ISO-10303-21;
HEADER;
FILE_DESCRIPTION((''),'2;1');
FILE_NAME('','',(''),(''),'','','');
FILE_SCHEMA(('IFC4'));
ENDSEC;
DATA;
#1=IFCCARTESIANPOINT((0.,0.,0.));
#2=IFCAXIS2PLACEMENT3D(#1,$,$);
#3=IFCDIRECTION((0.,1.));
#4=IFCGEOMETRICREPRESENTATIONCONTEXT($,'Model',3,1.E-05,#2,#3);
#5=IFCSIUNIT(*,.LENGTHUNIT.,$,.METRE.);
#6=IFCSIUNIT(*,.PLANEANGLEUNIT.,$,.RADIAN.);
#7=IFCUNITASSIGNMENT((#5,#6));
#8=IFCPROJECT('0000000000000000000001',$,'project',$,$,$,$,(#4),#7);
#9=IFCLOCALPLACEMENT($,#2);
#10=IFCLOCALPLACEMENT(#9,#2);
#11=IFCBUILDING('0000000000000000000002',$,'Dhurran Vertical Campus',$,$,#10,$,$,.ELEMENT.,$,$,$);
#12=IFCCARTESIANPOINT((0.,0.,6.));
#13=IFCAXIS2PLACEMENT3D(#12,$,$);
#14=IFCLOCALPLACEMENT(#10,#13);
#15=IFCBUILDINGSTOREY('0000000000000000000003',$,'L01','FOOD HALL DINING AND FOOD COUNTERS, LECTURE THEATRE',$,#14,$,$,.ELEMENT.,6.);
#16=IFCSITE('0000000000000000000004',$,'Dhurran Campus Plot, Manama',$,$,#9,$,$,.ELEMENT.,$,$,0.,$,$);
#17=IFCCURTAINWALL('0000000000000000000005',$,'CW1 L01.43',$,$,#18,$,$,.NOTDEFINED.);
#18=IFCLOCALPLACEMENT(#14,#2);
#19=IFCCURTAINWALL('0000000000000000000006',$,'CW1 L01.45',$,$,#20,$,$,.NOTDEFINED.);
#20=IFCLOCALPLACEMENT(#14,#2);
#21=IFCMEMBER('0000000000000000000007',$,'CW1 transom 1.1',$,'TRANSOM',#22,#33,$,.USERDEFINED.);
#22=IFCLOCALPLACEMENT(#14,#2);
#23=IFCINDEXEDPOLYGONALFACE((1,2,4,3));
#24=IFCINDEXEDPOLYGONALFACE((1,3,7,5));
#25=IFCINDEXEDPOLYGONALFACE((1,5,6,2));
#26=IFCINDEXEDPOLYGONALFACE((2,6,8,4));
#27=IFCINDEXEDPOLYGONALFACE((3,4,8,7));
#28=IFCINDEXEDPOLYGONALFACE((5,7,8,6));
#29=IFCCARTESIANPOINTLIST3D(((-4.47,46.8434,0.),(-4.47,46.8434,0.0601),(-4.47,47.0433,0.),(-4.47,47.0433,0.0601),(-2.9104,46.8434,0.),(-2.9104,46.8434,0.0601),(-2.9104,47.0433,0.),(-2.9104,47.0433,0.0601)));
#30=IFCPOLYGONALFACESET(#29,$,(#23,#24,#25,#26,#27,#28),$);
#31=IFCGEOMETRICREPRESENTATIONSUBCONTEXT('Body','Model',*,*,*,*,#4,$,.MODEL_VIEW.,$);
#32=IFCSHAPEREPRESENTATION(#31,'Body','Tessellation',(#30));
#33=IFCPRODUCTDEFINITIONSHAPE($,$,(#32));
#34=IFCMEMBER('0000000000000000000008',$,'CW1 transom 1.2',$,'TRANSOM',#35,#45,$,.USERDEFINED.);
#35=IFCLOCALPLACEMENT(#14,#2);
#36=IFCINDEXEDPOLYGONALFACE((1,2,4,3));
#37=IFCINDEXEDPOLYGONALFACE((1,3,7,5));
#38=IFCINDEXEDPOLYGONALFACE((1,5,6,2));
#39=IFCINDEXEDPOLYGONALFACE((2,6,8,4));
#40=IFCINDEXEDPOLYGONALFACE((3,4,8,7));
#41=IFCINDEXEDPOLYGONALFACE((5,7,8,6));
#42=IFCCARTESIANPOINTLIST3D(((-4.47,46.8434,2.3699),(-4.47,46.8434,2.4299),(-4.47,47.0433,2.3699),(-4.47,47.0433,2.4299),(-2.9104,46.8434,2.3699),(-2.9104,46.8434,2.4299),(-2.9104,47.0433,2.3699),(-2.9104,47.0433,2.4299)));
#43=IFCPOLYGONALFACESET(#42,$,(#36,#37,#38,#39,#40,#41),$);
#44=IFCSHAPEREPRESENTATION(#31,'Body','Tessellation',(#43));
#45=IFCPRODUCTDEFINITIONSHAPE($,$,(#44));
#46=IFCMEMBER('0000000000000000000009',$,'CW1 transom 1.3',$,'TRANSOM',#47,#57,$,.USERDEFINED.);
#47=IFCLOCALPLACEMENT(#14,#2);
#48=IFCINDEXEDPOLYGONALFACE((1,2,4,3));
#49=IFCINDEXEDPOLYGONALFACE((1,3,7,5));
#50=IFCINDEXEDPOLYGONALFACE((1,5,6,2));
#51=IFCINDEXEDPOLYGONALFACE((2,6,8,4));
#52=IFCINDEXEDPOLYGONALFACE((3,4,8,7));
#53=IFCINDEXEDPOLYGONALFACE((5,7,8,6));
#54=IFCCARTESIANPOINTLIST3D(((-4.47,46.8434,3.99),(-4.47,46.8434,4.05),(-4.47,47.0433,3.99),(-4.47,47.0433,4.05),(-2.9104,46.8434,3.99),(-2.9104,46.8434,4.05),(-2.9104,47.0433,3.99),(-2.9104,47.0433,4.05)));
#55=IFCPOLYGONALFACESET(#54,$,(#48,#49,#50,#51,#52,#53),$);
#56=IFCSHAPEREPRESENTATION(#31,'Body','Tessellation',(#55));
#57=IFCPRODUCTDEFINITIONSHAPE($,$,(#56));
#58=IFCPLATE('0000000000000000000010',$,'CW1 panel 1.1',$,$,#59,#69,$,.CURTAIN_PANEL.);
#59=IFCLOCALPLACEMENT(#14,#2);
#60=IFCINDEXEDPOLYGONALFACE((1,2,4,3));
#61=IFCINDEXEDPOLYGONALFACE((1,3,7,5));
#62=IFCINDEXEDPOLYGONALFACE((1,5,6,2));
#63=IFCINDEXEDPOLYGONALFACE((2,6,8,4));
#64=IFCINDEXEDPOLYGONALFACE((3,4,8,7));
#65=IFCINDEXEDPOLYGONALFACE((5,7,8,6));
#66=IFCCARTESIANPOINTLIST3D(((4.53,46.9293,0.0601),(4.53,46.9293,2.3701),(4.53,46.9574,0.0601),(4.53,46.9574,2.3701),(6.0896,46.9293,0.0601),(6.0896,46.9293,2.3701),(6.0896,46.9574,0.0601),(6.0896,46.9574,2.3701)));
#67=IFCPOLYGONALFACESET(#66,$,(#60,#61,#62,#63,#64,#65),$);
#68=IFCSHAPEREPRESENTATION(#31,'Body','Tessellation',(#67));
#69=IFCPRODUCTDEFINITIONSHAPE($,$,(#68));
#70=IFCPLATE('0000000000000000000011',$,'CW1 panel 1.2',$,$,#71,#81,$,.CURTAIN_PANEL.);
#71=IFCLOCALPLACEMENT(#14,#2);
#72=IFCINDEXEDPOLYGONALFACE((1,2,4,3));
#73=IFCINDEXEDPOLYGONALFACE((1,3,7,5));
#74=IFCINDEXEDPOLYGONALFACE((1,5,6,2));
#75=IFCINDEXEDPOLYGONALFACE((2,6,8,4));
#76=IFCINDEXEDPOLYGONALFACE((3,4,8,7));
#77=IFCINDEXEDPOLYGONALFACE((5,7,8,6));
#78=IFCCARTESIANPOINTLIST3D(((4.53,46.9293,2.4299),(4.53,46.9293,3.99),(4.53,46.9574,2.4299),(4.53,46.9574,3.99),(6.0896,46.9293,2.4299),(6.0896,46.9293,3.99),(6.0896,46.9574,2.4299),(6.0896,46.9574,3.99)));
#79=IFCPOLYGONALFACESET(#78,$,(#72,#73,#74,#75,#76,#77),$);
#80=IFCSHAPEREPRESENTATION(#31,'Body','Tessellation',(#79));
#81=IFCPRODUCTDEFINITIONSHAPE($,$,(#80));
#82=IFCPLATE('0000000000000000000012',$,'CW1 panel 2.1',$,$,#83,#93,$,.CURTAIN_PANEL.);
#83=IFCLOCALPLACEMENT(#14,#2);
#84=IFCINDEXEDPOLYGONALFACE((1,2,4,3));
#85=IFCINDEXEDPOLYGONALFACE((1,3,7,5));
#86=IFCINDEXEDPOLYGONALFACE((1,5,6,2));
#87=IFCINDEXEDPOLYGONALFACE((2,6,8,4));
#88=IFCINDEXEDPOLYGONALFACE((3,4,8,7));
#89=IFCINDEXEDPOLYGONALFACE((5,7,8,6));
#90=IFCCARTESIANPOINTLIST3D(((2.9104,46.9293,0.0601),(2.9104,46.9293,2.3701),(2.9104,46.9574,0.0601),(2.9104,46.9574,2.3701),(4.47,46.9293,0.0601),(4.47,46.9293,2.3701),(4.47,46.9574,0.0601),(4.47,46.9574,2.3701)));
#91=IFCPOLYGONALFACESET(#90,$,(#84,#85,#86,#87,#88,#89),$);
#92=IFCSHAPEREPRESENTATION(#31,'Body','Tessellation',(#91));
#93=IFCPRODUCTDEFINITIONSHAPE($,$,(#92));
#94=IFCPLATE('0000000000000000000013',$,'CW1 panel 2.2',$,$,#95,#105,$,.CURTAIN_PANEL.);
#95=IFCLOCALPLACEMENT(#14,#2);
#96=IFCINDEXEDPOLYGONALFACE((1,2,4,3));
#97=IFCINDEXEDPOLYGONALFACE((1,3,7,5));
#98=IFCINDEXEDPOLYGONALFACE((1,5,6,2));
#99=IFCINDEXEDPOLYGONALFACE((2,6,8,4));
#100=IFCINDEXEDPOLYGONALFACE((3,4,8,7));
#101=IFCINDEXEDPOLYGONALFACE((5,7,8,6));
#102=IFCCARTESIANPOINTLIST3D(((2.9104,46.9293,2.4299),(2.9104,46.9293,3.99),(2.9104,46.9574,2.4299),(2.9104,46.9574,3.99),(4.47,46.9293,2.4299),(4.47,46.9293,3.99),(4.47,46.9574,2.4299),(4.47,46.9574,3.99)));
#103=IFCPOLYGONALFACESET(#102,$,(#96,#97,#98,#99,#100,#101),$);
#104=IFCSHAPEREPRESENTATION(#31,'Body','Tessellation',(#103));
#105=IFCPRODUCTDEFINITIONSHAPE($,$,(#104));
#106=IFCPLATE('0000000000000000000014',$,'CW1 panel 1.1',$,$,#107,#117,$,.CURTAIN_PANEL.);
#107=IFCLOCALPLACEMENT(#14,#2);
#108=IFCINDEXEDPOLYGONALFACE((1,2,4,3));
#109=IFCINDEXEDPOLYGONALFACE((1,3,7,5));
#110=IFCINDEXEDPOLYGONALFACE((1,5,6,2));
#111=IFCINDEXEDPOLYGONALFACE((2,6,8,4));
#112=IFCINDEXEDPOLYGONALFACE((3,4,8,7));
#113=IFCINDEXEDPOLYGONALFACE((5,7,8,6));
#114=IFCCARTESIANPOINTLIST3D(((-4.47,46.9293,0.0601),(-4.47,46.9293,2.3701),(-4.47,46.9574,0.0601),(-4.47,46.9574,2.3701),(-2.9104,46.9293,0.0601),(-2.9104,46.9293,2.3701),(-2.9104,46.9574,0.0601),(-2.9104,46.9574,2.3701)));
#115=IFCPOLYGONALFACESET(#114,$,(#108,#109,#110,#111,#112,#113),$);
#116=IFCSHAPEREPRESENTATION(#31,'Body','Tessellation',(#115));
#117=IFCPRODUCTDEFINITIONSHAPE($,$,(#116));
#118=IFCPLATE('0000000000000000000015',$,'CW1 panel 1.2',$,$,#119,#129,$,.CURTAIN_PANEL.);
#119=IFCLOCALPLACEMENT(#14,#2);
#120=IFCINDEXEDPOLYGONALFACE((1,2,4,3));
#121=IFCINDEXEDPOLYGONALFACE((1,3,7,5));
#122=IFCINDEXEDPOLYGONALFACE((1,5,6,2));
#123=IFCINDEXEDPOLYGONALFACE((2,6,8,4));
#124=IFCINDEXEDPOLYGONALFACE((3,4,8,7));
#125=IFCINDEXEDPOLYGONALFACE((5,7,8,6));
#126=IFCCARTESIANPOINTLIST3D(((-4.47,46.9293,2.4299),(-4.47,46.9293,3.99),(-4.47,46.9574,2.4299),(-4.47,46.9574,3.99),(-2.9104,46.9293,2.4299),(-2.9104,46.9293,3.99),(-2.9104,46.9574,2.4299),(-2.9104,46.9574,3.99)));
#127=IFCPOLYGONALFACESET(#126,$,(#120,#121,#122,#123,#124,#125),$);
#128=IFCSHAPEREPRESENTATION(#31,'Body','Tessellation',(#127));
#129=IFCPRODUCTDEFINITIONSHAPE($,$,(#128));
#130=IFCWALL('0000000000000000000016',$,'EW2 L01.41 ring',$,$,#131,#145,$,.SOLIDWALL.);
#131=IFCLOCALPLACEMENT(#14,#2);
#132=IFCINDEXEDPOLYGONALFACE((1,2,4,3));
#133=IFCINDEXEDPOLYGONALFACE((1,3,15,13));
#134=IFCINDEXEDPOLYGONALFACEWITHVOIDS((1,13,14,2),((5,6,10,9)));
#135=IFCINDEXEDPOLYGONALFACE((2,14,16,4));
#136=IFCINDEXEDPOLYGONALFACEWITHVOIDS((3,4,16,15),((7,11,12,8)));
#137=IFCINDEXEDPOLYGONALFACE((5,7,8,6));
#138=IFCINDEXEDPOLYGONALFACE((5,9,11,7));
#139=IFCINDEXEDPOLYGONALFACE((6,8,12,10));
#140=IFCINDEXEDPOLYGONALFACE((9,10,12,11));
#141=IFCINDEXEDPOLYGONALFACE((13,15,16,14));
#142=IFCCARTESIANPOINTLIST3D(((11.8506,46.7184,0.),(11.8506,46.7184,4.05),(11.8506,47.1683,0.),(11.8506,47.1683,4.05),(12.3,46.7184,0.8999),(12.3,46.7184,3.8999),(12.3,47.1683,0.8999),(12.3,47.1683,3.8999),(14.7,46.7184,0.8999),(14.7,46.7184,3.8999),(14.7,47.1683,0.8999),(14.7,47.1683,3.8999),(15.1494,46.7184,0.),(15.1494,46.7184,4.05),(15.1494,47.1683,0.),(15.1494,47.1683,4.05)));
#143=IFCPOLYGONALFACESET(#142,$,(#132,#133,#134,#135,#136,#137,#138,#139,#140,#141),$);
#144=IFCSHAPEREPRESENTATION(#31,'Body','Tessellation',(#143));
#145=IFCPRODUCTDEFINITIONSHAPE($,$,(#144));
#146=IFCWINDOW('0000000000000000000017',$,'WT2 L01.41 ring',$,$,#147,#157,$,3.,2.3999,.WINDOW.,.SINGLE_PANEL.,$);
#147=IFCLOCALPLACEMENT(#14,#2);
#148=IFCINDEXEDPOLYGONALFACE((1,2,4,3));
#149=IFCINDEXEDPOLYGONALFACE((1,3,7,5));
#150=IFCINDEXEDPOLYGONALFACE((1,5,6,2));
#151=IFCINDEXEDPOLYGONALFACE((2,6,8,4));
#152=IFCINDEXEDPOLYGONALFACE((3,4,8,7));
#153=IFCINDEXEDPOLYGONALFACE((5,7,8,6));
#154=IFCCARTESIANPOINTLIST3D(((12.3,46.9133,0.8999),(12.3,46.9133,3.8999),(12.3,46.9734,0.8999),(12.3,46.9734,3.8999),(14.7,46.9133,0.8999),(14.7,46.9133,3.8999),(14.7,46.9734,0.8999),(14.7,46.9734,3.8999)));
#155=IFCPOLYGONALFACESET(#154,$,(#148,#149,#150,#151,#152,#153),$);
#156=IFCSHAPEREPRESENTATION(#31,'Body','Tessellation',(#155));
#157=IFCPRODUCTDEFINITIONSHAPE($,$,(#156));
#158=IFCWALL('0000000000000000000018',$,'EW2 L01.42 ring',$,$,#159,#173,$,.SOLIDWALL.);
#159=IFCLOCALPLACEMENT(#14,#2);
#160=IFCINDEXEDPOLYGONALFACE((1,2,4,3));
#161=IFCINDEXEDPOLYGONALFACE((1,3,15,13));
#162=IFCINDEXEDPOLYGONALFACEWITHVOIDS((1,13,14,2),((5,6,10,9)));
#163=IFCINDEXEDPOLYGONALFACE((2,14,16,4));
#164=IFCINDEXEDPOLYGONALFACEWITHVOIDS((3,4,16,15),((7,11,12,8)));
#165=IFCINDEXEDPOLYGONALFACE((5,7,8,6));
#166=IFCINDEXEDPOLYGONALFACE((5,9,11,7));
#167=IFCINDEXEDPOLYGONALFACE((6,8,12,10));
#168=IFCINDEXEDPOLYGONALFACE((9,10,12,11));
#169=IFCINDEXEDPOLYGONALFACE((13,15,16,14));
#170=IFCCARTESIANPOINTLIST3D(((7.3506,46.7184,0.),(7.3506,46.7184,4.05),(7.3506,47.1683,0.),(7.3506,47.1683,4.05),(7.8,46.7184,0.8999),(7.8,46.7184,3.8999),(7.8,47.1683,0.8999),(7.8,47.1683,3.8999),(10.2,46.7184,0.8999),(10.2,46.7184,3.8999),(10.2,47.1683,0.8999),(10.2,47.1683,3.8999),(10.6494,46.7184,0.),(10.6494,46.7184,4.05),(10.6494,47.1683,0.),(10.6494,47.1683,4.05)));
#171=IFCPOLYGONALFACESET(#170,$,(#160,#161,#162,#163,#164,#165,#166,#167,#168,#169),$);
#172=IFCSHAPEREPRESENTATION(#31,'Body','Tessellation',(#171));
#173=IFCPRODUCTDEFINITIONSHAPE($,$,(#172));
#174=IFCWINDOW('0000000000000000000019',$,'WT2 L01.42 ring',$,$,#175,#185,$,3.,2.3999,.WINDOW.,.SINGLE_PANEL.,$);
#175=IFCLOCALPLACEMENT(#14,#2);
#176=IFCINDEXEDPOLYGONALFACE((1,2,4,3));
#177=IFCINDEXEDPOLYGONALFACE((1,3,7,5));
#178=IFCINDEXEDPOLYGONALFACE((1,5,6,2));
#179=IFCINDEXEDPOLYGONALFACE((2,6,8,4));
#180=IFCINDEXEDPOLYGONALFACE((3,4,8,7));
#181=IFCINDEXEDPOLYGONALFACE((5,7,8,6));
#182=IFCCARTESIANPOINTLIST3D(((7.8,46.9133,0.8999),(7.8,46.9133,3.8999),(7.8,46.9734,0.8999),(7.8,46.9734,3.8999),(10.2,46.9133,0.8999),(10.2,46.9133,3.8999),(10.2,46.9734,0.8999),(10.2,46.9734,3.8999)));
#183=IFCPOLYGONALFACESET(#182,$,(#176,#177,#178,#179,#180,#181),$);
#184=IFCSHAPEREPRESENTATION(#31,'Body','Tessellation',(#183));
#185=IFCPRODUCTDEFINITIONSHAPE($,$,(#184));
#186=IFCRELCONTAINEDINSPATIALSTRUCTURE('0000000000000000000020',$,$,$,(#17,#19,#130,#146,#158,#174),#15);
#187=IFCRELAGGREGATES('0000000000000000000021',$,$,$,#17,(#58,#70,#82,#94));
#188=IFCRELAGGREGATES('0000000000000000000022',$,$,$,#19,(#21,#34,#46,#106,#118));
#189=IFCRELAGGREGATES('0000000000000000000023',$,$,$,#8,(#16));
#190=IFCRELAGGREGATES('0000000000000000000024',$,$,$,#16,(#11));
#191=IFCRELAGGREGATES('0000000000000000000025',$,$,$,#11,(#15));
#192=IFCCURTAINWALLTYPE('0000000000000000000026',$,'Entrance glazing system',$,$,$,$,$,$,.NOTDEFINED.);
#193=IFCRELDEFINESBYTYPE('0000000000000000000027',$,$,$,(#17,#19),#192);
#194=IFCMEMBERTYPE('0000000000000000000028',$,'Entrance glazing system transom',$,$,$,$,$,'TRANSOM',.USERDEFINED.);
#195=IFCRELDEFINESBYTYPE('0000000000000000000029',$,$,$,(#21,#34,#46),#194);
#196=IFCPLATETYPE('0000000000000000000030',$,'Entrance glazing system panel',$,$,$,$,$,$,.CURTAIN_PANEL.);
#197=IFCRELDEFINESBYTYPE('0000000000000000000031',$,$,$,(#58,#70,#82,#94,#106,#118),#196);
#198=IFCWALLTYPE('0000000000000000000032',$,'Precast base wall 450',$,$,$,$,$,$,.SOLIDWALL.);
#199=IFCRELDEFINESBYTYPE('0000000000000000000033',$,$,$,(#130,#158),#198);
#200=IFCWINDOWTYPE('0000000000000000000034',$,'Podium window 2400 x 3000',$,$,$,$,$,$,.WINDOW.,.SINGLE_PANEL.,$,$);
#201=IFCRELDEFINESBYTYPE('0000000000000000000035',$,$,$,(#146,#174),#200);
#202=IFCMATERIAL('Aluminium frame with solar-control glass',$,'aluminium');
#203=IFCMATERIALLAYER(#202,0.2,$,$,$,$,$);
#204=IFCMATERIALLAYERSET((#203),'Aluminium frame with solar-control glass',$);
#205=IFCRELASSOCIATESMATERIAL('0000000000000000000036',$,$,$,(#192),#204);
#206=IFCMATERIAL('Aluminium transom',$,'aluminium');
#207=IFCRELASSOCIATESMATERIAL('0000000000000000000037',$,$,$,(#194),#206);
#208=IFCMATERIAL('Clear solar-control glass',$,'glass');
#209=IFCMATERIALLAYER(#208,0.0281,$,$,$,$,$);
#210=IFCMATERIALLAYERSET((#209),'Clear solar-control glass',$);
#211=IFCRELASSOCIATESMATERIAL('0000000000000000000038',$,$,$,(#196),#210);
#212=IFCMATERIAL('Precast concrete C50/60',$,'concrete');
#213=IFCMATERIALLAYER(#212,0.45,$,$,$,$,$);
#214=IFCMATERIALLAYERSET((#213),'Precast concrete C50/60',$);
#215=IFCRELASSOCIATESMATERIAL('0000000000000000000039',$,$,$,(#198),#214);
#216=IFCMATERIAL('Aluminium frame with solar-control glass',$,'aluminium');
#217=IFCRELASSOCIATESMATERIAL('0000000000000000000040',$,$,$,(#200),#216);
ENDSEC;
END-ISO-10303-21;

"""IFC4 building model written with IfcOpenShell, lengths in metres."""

from ifc_helpers import new_model, si_unit, direction, frame, frame_2d, origin, origin_2d, place, context, subcontext, project, spatial, rectangle, extrude, material, layer, layer_set, material_profile, profile_set, type_object, element, fill, aggregate, save


model = new_model("IFC4")

# Units and contexts
model_context = context("Model", 3, precision=1e-05, world=origin(), true_north=direction((0.0, 1.0)))
body_context = subcontext(model_context, "Body", "Model", "MODEL_VIEW")
ifc_project = project(units=[si_unit("LENGTHUNIT", "METRE"), si_unit("PLANEANGLEUNIT", "RADIAN")], contexts=[model_context])

# Site, building, storey
site_placement = place(None, origin())
site = spatial("IfcSite", under=ifc_project, at=site_placement, Name="Dhurran Campus Plot, Manama", CompositionType="ELEMENT", RefElevation=0.0)
building_placement = place(site_placement, origin())
building = spatial("IfcBuilding", under=site, at=building_placement, Name="Dhurran Vertical Campus", CompositionType="ELEMENT")
storey_placement = place(building_placement, frame((0.0, 0.0, 6.0)))
storey = spatial("IfcBuildingStorey", under=building, at=storey_placement, Name="L01", Description="FOOD HALL DINING AND FOOD COUNTERS, LECTURE THEATRE", CompositionType="ELEMENT", Elevation=6.0)

# Curtain wall
ifc_material_1 = material(Name="Aluminium frame with solar-control glass", Category="aluminium")
ifc_layer_1 = layer(ifc_material_1, 0.2)
ifc_layer_set_1 = layer_set([ifc_layer_1], Name="Aluminium frame with solar-control glass")
curtain_wall_type = type_object("IfcCurtainWallType", Name="Entrance glazing system", PredefinedType="NOTDEFINED", material=ifc_layer_set_1)
curtain_wall_1_placement = place(storey_placement, origin())
curtain_wall_1 = element("IfcCurtainWall", 1, at=curtain_wall_1_placement, inside=storey, type_object=curtain_wall_type, Name="CW1 L01.43", PredefinedType="NOTDEFINED")

# Curtain wall
curtain_wall_2_placement = place(storey_placement, origin())
curtain_wall_2 = element("IfcCurtainWall", 2, at=curtain_wall_2_placement, inside=storey, type_object=curtain_wall_type, Name="CW1 L01.45", PredefinedType="NOTDEFINED")

# Members
ifc_material_2 = material(Name="Aluminium transom", Category="aluminium")
ifc_material_profile_1 = material_profile(ifc_material_2, rectangle(XDim=0.2, YDim=0.0601, at=origin_2d()), Name="Entrance glazing system transom")
ifc_profile_set_1 = profile_set([ifc_material_profile_1], Name="Aluminium transom")
member_type_1 = type_object("IfcMemberType", Name="Entrance glazing system transom", ElementType="TRANSOM", PredefinedType="USERDEFINED", material=ifc_profile_set_1)
member_1_placement = place(storey_placement, frame((-2.9104, 46.9434, 0.03), z_axis=(-1.0, 0.0, 0.0), x_axis=(0.0, -1.0, 0.0)))
member_1 = element("IfcMember", 3, at=member_1_placement, type_object=member_type_1, Name="CW1 transom 1.1", ObjectType="TRANSOM", PredefinedType="USERDEFINED", context=body_context, shape_type="SweptSolid", body=[
    extrude(rectangle(XDim=0.2, YDim=0.0601, at=origin_2d()), origin(), (0.0, 0.0, 1.0), 1.5596),
])
member_2_placement = place(storey_placement, frame((-2.9104, 46.9434, 2.3999), z_axis=(-1.0, 0.0, 0.0), x_axis=(0.0, -1.0, 0.0)))
member_2 = element("IfcMember", 4, at=member_2_placement, type_object=member_type_1, Name="CW1 transom 1.2", ObjectType="TRANSOM", PredefinedType="USERDEFINED", context=body_context, shape_type="SweptSolid", body=[
    extrude(rectangle(XDim=0.2, YDim=0.0601, at=origin_2d()), origin(), (0.0, 0.0, 1.0), 1.5596),
])
member_3_placement = place(storey_placement, frame((-2.9104, 46.9434, 4.02), z_axis=(-1.0, 0.0, 0.0), x_axis=(0.0, -1.0, 0.0)))
member_3 = element("IfcMember", 5, at=member_3_placement, type_object=member_type_1, Name="CW1 transom 1.3", ObjectType="TRANSOM", PredefinedType="USERDEFINED", context=body_context, shape_type="SweptSolid", body=[
    extrude(rectangle(XDim=0.2, YDim=0.0601, at=origin_2d()), origin(), (0.0, 0.0, 1.0), 1.5596),
])

# Plates
ifc_material_3 = material(Name="Clear solar-control glass", Category="glass")
ifc_layer_2 = layer(ifc_material_3, 0.0281)
ifc_layer_set_2 = layer_set([ifc_layer_2], Name="Clear solar-control glass")
plate_type = type_object("IfcPlateType", Name="Entrance glazing system panel", PredefinedType="CURTAIN_PANEL", material=ifc_layer_set_2)
plate_1_placement = place(storey_placement, frame((5.3098, 46.9434, 0.0601), z_axis=(0.0, 0.0, 1.0), x_axis=(-1.0, 0.0, 0.0)))
plate_1 = element("IfcPlate", 6, at=plate_1_placement, type_object=plate_type, Name="CW1 panel 1.1", PredefinedType="CURTAIN_PANEL", context=body_context, shape_type="SweptSolid", body=[
    extrude(rectangle(XDim=1.5596, YDim=0.0281, at=origin_2d()), origin(), (0.0, 0.0, 1.0), 2.3101),
])
plate_2_placement = place(storey_placement, frame((5.3098, 46.9434, 2.4299), z_axis=(0.0, 0.0, 1.0), x_axis=(-1.0, 0.0, 0.0)))
plate_2 = element("IfcPlate", 7, at=plate_2_placement, type_object=plate_type, Name="CW1 panel 1.2", PredefinedType="CURTAIN_PANEL", context=body_context, shape_type="SweptSolid", body=[
    extrude(rectangle(XDim=1.5596, YDim=0.0281, at=origin_2d()), origin(), (0.0, 0.0, 1.0), 1.5601),
])
plate_3_placement = place(storey_placement, frame((3.6902, 46.9434, 0.0601), z_axis=(0.0, 0.0, 1.0), x_axis=(-1.0, 0.0, 0.0)))
plate_3 = element("IfcPlate", 8, at=plate_3_placement, type_object=plate_type, Name="CW1 panel 2.1", PredefinedType="CURTAIN_PANEL", context=body_context, shape_type="SweptSolid", body=[
    extrude(rectangle(XDim=1.5596, YDim=0.0281, at=origin_2d()), origin(), (0.0, 0.0, 1.0), 2.3101),
])
plate_4_placement = place(storey_placement, frame((3.6902, 46.9434, 2.4299), z_axis=(0.0, 0.0, 1.0), x_axis=(-1.0, 0.0, 0.0)))
plate_4 = element("IfcPlate", 9, at=plate_4_placement, type_object=plate_type, Name="CW1 panel 2.2", PredefinedType="CURTAIN_PANEL", context=body_context, shape_type="SweptSolid", body=[
    extrude(rectangle(XDim=1.5596, YDim=0.0281, at=origin_2d()), origin(), (0.0, 0.0, 1.0), 1.5601),
])
aggregate(curtain_wall_1, [plate_1, plate_2, plate_3, plate_4])
plate_5_placement = place(storey_placement, frame((-3.6902, 46.9434, 0.0601), z_axis=(0.0, 0.0, 1.0), x_axis=(-1.0, 0.0, 0.0)))
plate_5 = element("IfcPlate", 10, at=plate_5_placement, type_object=plate_type, Name="CW1 panel 1.1", PredefinedType="CURTAIN_PANEL", context=body_context, shape_type="SweptSolid", body=[
    extrude(rectangle(XDim=1.5596, YDim=0.0281, at=origin_2d()), origin(), (0.0, 0.0, 1.0), 2.3101),
])
plate_6_placement = place(storey_placement, frame((-3.6902, 46.9434, 2.4299), z_axis=(0.0, 0.0, 1.0), x_axis=(-1.0, 0.0, 0.0)))
plate_6 = element("IfcPlate", 11, at=plate_6_placement, type_object=plate_type, Name="CW1 panel 1.2", PredefinedType="CURTAIN_PANEL", context=body_context, shape_type="SweptSolid", body=[
    extrude(rectangle(XDim=1.5596, YDim=0.0281, at=origin_2d()), origin(), (0.0, 0.0, 1.0), 1.5601),
])
aggregate(curtain_wall_2, [member_1, member_2, member_3, plate_5, plate_6])

# Walls, openings, windows
ifc_material_4 = material(Name="Precast concrete C50/60", Category="concrete")
ifc_layer_3 = layer(ifc_material_4, 0.45)
ifc_layer_set_3 = layer_set([ifc_layer_3], Name="Precast concrete C50/60")
wall_type_1 = type_object("IfcWallType", Name="Precast base wall 450", PredefinedType="SOLIDWALL", material=ifc_layer_set_3)
wall_1_placement = place(storey_placement, frame((15.1494, 46.9434, 0.0), z_axis=(0.0, 0.0, 1.0), x_axis=(-1.0, 0.0, 0.0)))
wall_1 = element("IfcWall", 12, at=wall_1_placement, inside=storey, type_object=wall_type_1, Name="EW2 L01.41 ring", PredefinedType="SOLIDWALL", context=body_context, shape_type="SweptSolid", body=[
    extrude(rectangle(XDim=3.2988, YDim=0.45, at=frame_2d((1.6494, 0.0))), origin(), (0.0, 0.0, 1.0), 4.05),
])
opening_1_placement = place(wall_1_placement, frame((0.4495, 0.0, 0.8999)))
opening_1 = element("IfcOpeningElement", 13, at=opening_1_placement, cuts=wall_1, PredefinedType="OPENING", context=body_context, shape_type="SweptSolid", body=[
    extrude(rectangle(XDim=2.3999, YDim=3.0, at=frame_2d((1.2, 1.5))), frame((0.0, 0.2349, 0.0), z_axis=(0.0, -1.0, 0.0), x_axis=(1.0, 0.0, 0.0)), (0.0, 0.0, 1.0), 0.47),
])
ifc_material_5 = material(Name="Aluminium frame with solar-control glass", Category="aluminium")
window_type = type_object("IfcWindowType", Name="Podium window 2400 x 3000", PartitioningType="SINGLE_PANEL", PredefinedType="WINDOW", material=ifc_material_5)
window_1_placement = place(opening_1_placement, origin())
window_1 = element("IfcWindow", 14, at=window_1_placement, inside=storey, type_object=window_type, Name="WT2 L01.41 ring", OverallHeight=3.0, OverallWidth=2.3999, PartitioningType="SINGLE_PANEL", PredefinedType="WINDOW", context=body_context, shape_type="SweptSolid", body=[
    extrude(rectangle(XDim=2.3999, YDim=3.0, at=frame_2d((1.2, 1.5))), frame((0.0, 0.03, 0.0), z_axis=(0.0, -1.0, 0.0), x_axis=(1.0, 0.0, 0.0)), (0.0, 0.0, 1.0), 0.0601),
])
fill(opening_1, window_1)
wall_2_placement = place(storey_placement, frame((10.6494, 46.9434, 0.0), z_axis=(0.0, 0.0, 1.0), x_axis=(-1.0, 0.0, 0.0)))
wall_2 = element("IfcWall", 15, at=wall_2_placement, inside=storey, type_object=wall_type_1, Name="EW2 L01.42 ring", PredefinedType="SOLIDWALL", context=body_context, shape_type="SweptSolid", body=[
    extrude(rectangle(XDim=3.2988, YDim=0.45, at=frame_2d((1.6494, 0.0))), origin(), (0.0, 0.0, 1.0), 4.05),
])
opening_2_placement = place(wall_2_placement, frame((0.4495, 0.0, 0.8999)))
opening_2 = element("IfcOpeningElement", 16, at=opening_2_placement, cuts=wall_2, PredefinedType="OPENING", context=body_context, shape_type="SweptSolid", body=[
    extrude(rectangle(XDim=2.3999, YDim=3.0, at=frame_2d((1.2, 1.5))), frame((0.0, 0.2349, 0.0), z_axis=(0.0, -1.0, 0.0), x_axis=(1.0, 0.0, 0.0)), (0.0, 0.0, 1.0), 0.47),
])
window_2_placement = place(opening_2_placement, origin())
window_2 = element("IfcWindow", 17, at=window_2_placement, inside=storey, type_object=window_type, Name="WT2 L01.42 ring", OverallHeight=3.0, OverallWidth=2.3999, PartitioningType="SINGLE_PANEL", PredefinedType="WINDOW", context=body_context, shape_type="SweptSolid", body=[
    extrude(rectangle(XDim=2.3999, YDim=3.0, at=frame_2d((1.2, 1.5))), frame((0.0, 0.03, 0.0), z_axis=(0.0, -1.0, 0.0), x_axis=(1.0, 0.0, 0.0)), (0.0, 0.0, 1.0), 0.0601),
])
fill(opening_2, window_2)

save(model, "model.ifc")
